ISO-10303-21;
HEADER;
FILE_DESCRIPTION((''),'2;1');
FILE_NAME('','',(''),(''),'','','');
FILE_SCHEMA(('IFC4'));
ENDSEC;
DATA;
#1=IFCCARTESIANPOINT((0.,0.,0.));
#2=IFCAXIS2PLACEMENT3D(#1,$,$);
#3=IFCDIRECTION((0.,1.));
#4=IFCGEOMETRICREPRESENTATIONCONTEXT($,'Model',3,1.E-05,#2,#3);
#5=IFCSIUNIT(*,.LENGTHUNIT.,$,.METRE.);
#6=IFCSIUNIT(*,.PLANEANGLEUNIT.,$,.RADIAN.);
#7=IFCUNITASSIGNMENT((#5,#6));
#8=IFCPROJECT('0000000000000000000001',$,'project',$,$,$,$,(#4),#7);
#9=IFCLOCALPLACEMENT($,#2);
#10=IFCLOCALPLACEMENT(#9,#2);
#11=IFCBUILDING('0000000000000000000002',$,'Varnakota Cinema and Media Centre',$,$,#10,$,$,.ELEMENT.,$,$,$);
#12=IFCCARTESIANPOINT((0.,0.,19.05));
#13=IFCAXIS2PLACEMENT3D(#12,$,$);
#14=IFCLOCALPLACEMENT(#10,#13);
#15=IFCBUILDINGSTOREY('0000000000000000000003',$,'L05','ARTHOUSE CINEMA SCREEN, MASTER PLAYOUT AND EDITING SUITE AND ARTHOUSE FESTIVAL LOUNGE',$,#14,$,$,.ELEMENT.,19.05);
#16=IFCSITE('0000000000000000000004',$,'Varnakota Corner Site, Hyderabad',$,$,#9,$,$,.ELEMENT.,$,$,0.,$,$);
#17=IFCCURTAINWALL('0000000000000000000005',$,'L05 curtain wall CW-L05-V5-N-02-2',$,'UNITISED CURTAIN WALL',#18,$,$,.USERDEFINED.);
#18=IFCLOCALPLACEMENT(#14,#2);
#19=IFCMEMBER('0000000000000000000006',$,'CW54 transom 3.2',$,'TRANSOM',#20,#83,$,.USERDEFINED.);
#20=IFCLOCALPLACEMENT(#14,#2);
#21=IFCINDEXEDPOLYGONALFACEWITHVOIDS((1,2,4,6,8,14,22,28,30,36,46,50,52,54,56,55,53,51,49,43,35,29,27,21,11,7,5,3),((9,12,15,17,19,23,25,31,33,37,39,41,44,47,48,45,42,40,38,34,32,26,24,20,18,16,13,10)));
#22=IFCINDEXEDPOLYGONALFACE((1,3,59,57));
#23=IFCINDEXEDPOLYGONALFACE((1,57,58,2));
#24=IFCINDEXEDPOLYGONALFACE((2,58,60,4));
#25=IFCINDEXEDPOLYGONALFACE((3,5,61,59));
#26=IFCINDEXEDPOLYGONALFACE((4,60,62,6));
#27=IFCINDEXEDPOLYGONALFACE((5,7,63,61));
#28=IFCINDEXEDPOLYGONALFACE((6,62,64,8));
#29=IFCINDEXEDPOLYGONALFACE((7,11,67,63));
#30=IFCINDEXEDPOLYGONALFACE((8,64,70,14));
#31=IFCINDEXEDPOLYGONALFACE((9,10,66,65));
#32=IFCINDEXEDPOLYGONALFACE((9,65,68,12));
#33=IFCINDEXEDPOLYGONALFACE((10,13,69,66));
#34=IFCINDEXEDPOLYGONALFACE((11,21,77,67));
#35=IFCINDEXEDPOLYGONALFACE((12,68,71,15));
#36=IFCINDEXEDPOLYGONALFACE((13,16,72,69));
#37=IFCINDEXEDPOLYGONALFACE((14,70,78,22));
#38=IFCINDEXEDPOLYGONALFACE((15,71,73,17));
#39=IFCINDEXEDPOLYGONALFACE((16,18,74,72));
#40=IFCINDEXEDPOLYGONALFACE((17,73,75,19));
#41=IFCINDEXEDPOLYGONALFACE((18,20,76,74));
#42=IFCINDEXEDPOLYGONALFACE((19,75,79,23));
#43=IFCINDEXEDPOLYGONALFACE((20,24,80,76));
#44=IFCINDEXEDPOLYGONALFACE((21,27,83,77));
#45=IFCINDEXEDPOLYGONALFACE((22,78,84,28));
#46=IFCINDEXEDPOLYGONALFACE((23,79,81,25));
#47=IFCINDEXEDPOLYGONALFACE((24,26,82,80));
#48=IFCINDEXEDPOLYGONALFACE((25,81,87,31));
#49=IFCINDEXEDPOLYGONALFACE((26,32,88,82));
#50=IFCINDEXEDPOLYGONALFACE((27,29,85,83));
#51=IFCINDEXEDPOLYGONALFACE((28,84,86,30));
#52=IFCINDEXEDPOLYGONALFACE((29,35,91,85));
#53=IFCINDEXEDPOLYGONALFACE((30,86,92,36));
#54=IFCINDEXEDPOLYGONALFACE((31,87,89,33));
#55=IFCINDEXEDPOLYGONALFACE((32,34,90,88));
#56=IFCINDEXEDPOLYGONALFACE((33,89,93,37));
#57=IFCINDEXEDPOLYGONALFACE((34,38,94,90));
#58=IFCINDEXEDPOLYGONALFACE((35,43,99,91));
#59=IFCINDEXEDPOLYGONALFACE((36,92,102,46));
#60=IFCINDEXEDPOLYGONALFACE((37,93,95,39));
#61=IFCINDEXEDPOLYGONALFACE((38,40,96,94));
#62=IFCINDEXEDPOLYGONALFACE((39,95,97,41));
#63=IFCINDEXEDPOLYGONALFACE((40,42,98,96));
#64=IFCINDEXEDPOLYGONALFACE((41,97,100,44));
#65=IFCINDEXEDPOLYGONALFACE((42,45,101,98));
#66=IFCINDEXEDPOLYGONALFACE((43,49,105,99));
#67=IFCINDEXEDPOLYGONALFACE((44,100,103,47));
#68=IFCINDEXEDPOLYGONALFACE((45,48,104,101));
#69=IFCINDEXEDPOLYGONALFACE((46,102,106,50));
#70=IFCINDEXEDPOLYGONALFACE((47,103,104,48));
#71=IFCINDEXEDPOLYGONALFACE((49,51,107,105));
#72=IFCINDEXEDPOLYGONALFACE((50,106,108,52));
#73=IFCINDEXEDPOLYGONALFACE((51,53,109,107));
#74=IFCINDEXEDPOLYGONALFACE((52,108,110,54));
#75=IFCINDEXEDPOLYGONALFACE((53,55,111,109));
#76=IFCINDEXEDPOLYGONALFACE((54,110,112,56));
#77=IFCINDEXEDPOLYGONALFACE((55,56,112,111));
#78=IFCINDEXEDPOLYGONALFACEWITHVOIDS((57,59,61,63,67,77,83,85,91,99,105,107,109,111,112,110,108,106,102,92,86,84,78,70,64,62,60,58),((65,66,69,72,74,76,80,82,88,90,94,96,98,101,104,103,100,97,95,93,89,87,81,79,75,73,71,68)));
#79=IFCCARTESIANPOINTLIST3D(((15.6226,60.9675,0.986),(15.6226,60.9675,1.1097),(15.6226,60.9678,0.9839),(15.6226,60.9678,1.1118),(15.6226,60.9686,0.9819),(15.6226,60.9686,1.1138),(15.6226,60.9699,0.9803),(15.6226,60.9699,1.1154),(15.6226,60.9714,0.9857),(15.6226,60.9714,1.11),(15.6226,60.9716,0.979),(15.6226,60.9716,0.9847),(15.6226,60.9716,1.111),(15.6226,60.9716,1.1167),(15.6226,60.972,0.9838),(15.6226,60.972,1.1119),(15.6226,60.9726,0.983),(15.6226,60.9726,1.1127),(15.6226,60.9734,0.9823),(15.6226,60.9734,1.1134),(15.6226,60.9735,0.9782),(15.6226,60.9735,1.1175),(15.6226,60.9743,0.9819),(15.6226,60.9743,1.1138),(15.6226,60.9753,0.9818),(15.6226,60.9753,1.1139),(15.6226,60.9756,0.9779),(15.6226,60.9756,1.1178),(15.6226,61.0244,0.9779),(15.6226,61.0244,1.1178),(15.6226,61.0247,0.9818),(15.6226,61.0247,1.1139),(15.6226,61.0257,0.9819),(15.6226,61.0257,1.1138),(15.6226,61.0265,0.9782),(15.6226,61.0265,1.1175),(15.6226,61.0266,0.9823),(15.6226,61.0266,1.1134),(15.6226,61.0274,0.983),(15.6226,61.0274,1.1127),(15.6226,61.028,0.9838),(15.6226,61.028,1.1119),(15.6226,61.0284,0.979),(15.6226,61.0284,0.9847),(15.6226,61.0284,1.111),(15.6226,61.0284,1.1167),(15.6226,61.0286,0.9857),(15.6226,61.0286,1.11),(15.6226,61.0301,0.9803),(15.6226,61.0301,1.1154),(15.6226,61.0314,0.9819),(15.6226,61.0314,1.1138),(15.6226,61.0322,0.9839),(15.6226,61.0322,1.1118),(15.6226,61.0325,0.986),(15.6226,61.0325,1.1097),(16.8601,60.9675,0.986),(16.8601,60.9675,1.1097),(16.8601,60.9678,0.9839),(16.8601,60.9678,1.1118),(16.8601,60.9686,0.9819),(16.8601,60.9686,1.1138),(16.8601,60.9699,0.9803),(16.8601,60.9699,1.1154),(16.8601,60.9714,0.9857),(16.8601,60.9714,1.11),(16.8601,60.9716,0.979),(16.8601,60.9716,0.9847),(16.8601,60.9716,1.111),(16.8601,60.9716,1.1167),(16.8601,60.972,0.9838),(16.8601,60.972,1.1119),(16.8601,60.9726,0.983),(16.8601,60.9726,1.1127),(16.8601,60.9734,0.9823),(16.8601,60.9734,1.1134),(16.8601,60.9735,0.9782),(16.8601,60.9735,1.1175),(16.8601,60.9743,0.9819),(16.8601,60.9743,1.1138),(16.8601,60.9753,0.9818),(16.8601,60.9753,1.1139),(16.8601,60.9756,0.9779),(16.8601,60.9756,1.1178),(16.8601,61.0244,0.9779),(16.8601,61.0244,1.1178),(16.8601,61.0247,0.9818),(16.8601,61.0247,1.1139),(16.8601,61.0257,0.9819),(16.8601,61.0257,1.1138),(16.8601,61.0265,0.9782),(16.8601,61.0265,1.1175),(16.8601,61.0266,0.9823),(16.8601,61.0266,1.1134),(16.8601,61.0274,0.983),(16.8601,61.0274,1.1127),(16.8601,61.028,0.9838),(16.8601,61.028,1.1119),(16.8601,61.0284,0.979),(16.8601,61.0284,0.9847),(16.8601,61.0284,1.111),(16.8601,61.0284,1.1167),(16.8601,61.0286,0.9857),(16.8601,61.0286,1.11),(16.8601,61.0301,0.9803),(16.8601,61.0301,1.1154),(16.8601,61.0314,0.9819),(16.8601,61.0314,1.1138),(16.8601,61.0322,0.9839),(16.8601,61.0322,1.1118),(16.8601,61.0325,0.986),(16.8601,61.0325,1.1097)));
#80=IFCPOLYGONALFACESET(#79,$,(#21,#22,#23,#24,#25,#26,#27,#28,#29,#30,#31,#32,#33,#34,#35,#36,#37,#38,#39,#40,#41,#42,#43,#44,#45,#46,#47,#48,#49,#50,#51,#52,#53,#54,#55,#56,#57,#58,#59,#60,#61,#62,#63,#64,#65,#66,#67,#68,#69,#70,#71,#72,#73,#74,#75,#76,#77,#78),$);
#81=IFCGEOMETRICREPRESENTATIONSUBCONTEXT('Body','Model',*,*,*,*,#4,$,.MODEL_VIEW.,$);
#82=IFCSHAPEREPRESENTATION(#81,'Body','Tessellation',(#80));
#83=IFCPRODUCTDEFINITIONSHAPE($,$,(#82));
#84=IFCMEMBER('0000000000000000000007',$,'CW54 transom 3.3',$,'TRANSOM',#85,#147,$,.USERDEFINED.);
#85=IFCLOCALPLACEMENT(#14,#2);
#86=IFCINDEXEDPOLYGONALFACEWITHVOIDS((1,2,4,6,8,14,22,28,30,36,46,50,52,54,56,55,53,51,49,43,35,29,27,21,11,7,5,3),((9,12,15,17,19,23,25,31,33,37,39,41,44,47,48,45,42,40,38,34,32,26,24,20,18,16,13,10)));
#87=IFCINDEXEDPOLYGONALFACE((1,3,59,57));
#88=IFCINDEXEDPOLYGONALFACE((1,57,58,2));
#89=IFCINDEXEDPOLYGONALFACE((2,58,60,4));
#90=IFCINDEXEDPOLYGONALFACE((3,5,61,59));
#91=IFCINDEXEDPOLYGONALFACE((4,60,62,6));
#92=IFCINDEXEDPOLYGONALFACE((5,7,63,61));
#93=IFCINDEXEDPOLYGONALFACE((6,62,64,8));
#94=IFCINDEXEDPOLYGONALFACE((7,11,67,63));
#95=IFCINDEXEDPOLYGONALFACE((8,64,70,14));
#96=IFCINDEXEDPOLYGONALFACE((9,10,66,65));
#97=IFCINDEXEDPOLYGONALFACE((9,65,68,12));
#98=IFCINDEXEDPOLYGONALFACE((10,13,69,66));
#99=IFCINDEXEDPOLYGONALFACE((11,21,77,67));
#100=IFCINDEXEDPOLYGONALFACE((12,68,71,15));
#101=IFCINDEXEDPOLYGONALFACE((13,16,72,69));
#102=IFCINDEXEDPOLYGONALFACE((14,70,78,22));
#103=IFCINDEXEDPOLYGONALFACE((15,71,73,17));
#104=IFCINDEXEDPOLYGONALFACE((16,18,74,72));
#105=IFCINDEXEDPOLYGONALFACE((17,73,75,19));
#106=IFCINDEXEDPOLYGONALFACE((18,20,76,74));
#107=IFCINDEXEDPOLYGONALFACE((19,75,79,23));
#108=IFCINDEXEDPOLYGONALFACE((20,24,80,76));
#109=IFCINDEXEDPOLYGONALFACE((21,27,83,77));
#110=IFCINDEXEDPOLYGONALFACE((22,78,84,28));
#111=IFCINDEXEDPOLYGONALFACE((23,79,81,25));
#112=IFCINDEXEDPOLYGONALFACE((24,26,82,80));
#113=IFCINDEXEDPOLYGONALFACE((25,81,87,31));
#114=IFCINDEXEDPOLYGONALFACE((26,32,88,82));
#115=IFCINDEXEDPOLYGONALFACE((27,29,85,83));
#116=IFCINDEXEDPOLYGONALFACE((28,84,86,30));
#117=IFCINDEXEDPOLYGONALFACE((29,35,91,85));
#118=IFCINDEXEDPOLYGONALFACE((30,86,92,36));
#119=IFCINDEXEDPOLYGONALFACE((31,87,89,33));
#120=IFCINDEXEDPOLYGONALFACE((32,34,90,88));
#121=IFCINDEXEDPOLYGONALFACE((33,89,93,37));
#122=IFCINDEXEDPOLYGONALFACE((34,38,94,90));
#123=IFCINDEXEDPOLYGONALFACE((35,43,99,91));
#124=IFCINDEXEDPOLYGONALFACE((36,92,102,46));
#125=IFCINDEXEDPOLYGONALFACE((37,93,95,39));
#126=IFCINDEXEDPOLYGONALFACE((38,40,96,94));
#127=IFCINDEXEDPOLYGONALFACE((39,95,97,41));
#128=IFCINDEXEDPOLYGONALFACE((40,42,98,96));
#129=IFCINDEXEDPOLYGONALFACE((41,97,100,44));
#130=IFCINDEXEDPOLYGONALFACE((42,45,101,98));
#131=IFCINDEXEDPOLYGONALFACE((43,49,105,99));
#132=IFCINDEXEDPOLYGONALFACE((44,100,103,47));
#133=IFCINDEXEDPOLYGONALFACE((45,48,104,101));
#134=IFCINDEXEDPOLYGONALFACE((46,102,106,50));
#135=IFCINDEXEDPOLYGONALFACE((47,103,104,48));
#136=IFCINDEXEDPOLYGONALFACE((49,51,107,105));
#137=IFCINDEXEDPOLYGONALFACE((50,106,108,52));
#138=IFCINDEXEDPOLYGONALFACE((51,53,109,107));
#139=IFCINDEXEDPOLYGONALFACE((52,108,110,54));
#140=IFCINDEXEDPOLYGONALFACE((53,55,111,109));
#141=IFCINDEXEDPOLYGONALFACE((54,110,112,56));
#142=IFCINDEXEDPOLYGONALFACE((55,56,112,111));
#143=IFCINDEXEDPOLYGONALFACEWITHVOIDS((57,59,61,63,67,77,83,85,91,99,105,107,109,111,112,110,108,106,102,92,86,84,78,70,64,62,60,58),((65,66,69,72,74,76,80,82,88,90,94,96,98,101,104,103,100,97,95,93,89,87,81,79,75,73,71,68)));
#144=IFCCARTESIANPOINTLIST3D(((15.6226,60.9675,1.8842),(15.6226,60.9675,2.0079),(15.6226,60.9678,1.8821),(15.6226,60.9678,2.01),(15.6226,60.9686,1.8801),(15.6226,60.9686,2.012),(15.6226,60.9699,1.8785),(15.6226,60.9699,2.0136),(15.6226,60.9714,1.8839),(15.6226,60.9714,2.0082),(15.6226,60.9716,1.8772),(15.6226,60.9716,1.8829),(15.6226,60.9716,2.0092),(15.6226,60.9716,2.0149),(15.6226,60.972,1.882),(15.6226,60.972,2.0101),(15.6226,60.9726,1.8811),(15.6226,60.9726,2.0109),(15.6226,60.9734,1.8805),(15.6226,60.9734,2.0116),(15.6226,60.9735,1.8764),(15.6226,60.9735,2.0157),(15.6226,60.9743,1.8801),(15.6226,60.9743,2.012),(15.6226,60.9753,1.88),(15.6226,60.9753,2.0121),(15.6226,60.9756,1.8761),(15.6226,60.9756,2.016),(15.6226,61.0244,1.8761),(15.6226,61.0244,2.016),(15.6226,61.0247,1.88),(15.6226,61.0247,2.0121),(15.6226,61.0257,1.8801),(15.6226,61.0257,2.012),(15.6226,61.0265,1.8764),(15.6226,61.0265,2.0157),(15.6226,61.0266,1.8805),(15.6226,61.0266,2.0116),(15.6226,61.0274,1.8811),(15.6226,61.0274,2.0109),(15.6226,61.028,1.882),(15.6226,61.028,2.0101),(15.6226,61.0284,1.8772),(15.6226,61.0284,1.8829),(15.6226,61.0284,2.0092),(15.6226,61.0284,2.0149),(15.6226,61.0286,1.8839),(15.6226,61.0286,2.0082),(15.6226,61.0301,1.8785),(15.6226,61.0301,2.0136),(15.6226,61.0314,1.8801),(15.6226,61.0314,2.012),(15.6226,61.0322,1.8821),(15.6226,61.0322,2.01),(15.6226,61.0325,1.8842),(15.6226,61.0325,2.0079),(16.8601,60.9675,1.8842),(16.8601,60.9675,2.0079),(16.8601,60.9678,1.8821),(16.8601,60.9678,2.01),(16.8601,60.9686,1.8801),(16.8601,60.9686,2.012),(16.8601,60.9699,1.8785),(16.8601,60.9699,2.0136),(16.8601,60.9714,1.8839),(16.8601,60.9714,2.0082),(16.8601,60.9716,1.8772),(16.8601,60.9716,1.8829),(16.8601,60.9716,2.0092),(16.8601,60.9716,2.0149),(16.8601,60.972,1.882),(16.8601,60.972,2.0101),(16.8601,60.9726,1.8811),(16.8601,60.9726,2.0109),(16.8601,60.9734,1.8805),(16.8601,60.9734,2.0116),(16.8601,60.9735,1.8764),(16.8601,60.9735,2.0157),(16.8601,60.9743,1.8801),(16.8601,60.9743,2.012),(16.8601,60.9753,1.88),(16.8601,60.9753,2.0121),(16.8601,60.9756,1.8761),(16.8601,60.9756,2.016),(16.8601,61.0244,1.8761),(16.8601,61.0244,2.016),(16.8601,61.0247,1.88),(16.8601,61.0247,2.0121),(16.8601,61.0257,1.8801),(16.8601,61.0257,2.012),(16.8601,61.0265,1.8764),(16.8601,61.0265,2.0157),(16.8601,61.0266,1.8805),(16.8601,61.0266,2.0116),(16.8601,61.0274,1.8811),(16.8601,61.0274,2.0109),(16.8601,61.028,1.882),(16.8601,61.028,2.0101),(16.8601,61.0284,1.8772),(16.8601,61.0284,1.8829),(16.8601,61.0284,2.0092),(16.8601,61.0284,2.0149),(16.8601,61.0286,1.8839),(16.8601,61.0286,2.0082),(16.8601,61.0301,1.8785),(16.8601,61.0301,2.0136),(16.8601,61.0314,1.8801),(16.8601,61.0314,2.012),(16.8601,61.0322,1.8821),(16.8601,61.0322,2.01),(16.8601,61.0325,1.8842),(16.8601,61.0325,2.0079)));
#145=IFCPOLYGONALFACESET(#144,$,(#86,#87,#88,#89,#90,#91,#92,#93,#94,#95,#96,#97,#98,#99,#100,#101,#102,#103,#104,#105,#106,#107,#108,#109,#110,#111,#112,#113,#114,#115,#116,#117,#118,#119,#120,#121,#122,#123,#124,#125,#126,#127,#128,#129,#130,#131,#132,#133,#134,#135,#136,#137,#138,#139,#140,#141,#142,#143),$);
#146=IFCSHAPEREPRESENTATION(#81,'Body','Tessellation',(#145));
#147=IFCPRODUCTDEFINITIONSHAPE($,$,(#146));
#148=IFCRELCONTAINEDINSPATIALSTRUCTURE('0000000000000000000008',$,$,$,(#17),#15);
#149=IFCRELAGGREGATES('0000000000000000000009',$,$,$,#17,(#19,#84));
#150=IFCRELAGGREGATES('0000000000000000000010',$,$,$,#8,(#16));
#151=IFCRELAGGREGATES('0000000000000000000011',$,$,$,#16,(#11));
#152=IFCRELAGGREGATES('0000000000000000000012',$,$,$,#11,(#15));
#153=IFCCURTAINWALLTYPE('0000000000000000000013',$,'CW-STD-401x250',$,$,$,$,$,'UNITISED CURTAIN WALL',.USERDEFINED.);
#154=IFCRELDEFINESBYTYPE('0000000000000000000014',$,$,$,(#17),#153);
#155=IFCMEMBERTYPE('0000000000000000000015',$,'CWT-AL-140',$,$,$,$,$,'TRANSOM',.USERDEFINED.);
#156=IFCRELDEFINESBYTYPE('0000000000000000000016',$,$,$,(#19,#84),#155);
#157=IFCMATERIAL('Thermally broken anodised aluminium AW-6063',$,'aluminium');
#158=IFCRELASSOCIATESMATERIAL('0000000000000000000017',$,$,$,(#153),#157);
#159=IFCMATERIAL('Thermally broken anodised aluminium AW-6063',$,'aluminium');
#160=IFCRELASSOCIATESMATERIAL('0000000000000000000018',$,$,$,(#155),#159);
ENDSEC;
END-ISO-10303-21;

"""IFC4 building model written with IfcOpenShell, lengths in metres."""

from ifc_helpers import new_model, si_unit, direction, frame, origin, origin_2d, place, context, subcontext, project, spatial, hollow_rectangle, extrude, material, material_profile, profile_set, type_object, element, aggregate, save


model = new_model("IFC4")

# Units and contexts
model_context = context("Model", 3, precision=1e-05, world=origin(), true_north=direction((0.0, 1.0)))
body_context = subcontext(model_context, "Body", "Model", "MODEL_VIEW")
ifc_project = project(units=[si_unit("LENGTHUNIT", "METRE"), si_unit("PLANEANGLEUNIT", "RADIAN")], contexts=[model_context])

# Site, building, storey
site_placement = place(None, origin())
site = spatial("IfcSite", under=ifc_project, at=site_placement, Name="Varnakota Corner Site, Hyderabad", CompositionType="ELEMENT", RefElevation=0.0)
building_placement = place(site_placement, origin())
building = spatial("IfcBuilding", under=site, at=building_placement, Name="Varnakota Cinema and Media Centre", CompositionType="ELEMENT")
storey_placement = place(building_placement, frame((0.0, 0.0, 19.05)))
storey = spatial("IfcBuildingStorey", under=building, at=storey_placement, Name="L05", Description="ARTHOUSE CINEMA SCREEN, MASTER PLAYOUT AND EDITING SUITE AND ARTHOUSE FESTIVAL LOUNGE", CompositionType="ELEMENT", Elevation=19.05)

# Curtain wall, members
ifc_material_1 = material(Name="Thermally broken anodised aluminium AW-6063", Category="aluminium")
curtain_wall_type = type_object("IfcCurtainWallType", Name="CW-STD-401x250", ElementType="UNITISED CURTAIN WALL", PredefinedType="USERDEFINED", material=ifc_material_1)
curtain_wall_placement = place(storey_placement, origin())
curtain_wall = element("IfcCurtainWall", 1, at=curtain_wall_placement, inside=storey, type_object=curtain_wall_type, Name="L05 curtain wall CW-L05-V5-N-02-2", ObjectType="UNITISED CURTAIN WALL", PredefinedType="USERDEFINED")
ifc_material_2 = material(Name="Thermally broken anodised aluminium AW-6063", Category="aluminium")
ifc_material_profile_1 = material_profile(ifc_material_2, hollow_rectangle(XDim=0.0649, YDim=0.1399, WallThickness=0.0039, InnerFilletRadius=0.0039, OuterFilletRadius=0.0081, at=origin_2d()), Name="AL-TRANSOM 140x65x4")
ifc_profile_set_1 = profile_set([ifc_material_profile_1], Name="Thermally broken anodised aluminium AW-6063")
member_type_1 = type_object("IfcMemberType", Name="CWT-AL-140", ElementType="TRANSOM", PredefinedType="USERDEFINED", material=ifc_profile_set_1)
member_1_placement = place(storey_placement, frame((15.6226, 61.0, 1.0479), z_axis=(1.0, 0.0, 0.0), x_axis=(0.0, 1.0, 0.0)))
member_1 = element("IfcMember", 2, at=member_1_placement, type_object=member_type_1, Name="CW54 transom 3.2", ObjectType="TRANSOM", PredefinedType="USERDEFINED", context=body_context, shape_type="SweptSolid", body=[
    extrude(hollow_rectangle(XDim=0.0649, YDim=0.1399, WallThickness=0.0039, InnerFilletRadius=0.0039, OuterFilletRadius=0.0081, at=origin_2d()), origin(), (0.0, 0.0, 1.0), 1.2375),
])
member_2_placement = place(storey_placement, frame((15.6226, 61.0, 1.946), z_axis=(1.0, 0.0, 0.0), x_axis=(0.0, 1.0, 0.0)))
member_2 = element("IfcMember", 3, at=member_2_placement, type_object=member_type_1, Name="CW54 transom 3.3", ObjectType="TRANSOM", PredefinedType="USERDEFINED", context=body_context, shape_type="SweptSolid", body=[
    extrude(hollow_rectangle(XDim=0.0649, YDim=0.1399, WallThickness=0.0039, InnerFilletRadius=0.0039, OuterFilletRadius=0.0081, at=origin_2d()), origin(), (0.0, 0.0, 1.0), 1.2375),
])
aggregate(curtain_wall, [member_1, member_2])

save(model, "model.ifc")
